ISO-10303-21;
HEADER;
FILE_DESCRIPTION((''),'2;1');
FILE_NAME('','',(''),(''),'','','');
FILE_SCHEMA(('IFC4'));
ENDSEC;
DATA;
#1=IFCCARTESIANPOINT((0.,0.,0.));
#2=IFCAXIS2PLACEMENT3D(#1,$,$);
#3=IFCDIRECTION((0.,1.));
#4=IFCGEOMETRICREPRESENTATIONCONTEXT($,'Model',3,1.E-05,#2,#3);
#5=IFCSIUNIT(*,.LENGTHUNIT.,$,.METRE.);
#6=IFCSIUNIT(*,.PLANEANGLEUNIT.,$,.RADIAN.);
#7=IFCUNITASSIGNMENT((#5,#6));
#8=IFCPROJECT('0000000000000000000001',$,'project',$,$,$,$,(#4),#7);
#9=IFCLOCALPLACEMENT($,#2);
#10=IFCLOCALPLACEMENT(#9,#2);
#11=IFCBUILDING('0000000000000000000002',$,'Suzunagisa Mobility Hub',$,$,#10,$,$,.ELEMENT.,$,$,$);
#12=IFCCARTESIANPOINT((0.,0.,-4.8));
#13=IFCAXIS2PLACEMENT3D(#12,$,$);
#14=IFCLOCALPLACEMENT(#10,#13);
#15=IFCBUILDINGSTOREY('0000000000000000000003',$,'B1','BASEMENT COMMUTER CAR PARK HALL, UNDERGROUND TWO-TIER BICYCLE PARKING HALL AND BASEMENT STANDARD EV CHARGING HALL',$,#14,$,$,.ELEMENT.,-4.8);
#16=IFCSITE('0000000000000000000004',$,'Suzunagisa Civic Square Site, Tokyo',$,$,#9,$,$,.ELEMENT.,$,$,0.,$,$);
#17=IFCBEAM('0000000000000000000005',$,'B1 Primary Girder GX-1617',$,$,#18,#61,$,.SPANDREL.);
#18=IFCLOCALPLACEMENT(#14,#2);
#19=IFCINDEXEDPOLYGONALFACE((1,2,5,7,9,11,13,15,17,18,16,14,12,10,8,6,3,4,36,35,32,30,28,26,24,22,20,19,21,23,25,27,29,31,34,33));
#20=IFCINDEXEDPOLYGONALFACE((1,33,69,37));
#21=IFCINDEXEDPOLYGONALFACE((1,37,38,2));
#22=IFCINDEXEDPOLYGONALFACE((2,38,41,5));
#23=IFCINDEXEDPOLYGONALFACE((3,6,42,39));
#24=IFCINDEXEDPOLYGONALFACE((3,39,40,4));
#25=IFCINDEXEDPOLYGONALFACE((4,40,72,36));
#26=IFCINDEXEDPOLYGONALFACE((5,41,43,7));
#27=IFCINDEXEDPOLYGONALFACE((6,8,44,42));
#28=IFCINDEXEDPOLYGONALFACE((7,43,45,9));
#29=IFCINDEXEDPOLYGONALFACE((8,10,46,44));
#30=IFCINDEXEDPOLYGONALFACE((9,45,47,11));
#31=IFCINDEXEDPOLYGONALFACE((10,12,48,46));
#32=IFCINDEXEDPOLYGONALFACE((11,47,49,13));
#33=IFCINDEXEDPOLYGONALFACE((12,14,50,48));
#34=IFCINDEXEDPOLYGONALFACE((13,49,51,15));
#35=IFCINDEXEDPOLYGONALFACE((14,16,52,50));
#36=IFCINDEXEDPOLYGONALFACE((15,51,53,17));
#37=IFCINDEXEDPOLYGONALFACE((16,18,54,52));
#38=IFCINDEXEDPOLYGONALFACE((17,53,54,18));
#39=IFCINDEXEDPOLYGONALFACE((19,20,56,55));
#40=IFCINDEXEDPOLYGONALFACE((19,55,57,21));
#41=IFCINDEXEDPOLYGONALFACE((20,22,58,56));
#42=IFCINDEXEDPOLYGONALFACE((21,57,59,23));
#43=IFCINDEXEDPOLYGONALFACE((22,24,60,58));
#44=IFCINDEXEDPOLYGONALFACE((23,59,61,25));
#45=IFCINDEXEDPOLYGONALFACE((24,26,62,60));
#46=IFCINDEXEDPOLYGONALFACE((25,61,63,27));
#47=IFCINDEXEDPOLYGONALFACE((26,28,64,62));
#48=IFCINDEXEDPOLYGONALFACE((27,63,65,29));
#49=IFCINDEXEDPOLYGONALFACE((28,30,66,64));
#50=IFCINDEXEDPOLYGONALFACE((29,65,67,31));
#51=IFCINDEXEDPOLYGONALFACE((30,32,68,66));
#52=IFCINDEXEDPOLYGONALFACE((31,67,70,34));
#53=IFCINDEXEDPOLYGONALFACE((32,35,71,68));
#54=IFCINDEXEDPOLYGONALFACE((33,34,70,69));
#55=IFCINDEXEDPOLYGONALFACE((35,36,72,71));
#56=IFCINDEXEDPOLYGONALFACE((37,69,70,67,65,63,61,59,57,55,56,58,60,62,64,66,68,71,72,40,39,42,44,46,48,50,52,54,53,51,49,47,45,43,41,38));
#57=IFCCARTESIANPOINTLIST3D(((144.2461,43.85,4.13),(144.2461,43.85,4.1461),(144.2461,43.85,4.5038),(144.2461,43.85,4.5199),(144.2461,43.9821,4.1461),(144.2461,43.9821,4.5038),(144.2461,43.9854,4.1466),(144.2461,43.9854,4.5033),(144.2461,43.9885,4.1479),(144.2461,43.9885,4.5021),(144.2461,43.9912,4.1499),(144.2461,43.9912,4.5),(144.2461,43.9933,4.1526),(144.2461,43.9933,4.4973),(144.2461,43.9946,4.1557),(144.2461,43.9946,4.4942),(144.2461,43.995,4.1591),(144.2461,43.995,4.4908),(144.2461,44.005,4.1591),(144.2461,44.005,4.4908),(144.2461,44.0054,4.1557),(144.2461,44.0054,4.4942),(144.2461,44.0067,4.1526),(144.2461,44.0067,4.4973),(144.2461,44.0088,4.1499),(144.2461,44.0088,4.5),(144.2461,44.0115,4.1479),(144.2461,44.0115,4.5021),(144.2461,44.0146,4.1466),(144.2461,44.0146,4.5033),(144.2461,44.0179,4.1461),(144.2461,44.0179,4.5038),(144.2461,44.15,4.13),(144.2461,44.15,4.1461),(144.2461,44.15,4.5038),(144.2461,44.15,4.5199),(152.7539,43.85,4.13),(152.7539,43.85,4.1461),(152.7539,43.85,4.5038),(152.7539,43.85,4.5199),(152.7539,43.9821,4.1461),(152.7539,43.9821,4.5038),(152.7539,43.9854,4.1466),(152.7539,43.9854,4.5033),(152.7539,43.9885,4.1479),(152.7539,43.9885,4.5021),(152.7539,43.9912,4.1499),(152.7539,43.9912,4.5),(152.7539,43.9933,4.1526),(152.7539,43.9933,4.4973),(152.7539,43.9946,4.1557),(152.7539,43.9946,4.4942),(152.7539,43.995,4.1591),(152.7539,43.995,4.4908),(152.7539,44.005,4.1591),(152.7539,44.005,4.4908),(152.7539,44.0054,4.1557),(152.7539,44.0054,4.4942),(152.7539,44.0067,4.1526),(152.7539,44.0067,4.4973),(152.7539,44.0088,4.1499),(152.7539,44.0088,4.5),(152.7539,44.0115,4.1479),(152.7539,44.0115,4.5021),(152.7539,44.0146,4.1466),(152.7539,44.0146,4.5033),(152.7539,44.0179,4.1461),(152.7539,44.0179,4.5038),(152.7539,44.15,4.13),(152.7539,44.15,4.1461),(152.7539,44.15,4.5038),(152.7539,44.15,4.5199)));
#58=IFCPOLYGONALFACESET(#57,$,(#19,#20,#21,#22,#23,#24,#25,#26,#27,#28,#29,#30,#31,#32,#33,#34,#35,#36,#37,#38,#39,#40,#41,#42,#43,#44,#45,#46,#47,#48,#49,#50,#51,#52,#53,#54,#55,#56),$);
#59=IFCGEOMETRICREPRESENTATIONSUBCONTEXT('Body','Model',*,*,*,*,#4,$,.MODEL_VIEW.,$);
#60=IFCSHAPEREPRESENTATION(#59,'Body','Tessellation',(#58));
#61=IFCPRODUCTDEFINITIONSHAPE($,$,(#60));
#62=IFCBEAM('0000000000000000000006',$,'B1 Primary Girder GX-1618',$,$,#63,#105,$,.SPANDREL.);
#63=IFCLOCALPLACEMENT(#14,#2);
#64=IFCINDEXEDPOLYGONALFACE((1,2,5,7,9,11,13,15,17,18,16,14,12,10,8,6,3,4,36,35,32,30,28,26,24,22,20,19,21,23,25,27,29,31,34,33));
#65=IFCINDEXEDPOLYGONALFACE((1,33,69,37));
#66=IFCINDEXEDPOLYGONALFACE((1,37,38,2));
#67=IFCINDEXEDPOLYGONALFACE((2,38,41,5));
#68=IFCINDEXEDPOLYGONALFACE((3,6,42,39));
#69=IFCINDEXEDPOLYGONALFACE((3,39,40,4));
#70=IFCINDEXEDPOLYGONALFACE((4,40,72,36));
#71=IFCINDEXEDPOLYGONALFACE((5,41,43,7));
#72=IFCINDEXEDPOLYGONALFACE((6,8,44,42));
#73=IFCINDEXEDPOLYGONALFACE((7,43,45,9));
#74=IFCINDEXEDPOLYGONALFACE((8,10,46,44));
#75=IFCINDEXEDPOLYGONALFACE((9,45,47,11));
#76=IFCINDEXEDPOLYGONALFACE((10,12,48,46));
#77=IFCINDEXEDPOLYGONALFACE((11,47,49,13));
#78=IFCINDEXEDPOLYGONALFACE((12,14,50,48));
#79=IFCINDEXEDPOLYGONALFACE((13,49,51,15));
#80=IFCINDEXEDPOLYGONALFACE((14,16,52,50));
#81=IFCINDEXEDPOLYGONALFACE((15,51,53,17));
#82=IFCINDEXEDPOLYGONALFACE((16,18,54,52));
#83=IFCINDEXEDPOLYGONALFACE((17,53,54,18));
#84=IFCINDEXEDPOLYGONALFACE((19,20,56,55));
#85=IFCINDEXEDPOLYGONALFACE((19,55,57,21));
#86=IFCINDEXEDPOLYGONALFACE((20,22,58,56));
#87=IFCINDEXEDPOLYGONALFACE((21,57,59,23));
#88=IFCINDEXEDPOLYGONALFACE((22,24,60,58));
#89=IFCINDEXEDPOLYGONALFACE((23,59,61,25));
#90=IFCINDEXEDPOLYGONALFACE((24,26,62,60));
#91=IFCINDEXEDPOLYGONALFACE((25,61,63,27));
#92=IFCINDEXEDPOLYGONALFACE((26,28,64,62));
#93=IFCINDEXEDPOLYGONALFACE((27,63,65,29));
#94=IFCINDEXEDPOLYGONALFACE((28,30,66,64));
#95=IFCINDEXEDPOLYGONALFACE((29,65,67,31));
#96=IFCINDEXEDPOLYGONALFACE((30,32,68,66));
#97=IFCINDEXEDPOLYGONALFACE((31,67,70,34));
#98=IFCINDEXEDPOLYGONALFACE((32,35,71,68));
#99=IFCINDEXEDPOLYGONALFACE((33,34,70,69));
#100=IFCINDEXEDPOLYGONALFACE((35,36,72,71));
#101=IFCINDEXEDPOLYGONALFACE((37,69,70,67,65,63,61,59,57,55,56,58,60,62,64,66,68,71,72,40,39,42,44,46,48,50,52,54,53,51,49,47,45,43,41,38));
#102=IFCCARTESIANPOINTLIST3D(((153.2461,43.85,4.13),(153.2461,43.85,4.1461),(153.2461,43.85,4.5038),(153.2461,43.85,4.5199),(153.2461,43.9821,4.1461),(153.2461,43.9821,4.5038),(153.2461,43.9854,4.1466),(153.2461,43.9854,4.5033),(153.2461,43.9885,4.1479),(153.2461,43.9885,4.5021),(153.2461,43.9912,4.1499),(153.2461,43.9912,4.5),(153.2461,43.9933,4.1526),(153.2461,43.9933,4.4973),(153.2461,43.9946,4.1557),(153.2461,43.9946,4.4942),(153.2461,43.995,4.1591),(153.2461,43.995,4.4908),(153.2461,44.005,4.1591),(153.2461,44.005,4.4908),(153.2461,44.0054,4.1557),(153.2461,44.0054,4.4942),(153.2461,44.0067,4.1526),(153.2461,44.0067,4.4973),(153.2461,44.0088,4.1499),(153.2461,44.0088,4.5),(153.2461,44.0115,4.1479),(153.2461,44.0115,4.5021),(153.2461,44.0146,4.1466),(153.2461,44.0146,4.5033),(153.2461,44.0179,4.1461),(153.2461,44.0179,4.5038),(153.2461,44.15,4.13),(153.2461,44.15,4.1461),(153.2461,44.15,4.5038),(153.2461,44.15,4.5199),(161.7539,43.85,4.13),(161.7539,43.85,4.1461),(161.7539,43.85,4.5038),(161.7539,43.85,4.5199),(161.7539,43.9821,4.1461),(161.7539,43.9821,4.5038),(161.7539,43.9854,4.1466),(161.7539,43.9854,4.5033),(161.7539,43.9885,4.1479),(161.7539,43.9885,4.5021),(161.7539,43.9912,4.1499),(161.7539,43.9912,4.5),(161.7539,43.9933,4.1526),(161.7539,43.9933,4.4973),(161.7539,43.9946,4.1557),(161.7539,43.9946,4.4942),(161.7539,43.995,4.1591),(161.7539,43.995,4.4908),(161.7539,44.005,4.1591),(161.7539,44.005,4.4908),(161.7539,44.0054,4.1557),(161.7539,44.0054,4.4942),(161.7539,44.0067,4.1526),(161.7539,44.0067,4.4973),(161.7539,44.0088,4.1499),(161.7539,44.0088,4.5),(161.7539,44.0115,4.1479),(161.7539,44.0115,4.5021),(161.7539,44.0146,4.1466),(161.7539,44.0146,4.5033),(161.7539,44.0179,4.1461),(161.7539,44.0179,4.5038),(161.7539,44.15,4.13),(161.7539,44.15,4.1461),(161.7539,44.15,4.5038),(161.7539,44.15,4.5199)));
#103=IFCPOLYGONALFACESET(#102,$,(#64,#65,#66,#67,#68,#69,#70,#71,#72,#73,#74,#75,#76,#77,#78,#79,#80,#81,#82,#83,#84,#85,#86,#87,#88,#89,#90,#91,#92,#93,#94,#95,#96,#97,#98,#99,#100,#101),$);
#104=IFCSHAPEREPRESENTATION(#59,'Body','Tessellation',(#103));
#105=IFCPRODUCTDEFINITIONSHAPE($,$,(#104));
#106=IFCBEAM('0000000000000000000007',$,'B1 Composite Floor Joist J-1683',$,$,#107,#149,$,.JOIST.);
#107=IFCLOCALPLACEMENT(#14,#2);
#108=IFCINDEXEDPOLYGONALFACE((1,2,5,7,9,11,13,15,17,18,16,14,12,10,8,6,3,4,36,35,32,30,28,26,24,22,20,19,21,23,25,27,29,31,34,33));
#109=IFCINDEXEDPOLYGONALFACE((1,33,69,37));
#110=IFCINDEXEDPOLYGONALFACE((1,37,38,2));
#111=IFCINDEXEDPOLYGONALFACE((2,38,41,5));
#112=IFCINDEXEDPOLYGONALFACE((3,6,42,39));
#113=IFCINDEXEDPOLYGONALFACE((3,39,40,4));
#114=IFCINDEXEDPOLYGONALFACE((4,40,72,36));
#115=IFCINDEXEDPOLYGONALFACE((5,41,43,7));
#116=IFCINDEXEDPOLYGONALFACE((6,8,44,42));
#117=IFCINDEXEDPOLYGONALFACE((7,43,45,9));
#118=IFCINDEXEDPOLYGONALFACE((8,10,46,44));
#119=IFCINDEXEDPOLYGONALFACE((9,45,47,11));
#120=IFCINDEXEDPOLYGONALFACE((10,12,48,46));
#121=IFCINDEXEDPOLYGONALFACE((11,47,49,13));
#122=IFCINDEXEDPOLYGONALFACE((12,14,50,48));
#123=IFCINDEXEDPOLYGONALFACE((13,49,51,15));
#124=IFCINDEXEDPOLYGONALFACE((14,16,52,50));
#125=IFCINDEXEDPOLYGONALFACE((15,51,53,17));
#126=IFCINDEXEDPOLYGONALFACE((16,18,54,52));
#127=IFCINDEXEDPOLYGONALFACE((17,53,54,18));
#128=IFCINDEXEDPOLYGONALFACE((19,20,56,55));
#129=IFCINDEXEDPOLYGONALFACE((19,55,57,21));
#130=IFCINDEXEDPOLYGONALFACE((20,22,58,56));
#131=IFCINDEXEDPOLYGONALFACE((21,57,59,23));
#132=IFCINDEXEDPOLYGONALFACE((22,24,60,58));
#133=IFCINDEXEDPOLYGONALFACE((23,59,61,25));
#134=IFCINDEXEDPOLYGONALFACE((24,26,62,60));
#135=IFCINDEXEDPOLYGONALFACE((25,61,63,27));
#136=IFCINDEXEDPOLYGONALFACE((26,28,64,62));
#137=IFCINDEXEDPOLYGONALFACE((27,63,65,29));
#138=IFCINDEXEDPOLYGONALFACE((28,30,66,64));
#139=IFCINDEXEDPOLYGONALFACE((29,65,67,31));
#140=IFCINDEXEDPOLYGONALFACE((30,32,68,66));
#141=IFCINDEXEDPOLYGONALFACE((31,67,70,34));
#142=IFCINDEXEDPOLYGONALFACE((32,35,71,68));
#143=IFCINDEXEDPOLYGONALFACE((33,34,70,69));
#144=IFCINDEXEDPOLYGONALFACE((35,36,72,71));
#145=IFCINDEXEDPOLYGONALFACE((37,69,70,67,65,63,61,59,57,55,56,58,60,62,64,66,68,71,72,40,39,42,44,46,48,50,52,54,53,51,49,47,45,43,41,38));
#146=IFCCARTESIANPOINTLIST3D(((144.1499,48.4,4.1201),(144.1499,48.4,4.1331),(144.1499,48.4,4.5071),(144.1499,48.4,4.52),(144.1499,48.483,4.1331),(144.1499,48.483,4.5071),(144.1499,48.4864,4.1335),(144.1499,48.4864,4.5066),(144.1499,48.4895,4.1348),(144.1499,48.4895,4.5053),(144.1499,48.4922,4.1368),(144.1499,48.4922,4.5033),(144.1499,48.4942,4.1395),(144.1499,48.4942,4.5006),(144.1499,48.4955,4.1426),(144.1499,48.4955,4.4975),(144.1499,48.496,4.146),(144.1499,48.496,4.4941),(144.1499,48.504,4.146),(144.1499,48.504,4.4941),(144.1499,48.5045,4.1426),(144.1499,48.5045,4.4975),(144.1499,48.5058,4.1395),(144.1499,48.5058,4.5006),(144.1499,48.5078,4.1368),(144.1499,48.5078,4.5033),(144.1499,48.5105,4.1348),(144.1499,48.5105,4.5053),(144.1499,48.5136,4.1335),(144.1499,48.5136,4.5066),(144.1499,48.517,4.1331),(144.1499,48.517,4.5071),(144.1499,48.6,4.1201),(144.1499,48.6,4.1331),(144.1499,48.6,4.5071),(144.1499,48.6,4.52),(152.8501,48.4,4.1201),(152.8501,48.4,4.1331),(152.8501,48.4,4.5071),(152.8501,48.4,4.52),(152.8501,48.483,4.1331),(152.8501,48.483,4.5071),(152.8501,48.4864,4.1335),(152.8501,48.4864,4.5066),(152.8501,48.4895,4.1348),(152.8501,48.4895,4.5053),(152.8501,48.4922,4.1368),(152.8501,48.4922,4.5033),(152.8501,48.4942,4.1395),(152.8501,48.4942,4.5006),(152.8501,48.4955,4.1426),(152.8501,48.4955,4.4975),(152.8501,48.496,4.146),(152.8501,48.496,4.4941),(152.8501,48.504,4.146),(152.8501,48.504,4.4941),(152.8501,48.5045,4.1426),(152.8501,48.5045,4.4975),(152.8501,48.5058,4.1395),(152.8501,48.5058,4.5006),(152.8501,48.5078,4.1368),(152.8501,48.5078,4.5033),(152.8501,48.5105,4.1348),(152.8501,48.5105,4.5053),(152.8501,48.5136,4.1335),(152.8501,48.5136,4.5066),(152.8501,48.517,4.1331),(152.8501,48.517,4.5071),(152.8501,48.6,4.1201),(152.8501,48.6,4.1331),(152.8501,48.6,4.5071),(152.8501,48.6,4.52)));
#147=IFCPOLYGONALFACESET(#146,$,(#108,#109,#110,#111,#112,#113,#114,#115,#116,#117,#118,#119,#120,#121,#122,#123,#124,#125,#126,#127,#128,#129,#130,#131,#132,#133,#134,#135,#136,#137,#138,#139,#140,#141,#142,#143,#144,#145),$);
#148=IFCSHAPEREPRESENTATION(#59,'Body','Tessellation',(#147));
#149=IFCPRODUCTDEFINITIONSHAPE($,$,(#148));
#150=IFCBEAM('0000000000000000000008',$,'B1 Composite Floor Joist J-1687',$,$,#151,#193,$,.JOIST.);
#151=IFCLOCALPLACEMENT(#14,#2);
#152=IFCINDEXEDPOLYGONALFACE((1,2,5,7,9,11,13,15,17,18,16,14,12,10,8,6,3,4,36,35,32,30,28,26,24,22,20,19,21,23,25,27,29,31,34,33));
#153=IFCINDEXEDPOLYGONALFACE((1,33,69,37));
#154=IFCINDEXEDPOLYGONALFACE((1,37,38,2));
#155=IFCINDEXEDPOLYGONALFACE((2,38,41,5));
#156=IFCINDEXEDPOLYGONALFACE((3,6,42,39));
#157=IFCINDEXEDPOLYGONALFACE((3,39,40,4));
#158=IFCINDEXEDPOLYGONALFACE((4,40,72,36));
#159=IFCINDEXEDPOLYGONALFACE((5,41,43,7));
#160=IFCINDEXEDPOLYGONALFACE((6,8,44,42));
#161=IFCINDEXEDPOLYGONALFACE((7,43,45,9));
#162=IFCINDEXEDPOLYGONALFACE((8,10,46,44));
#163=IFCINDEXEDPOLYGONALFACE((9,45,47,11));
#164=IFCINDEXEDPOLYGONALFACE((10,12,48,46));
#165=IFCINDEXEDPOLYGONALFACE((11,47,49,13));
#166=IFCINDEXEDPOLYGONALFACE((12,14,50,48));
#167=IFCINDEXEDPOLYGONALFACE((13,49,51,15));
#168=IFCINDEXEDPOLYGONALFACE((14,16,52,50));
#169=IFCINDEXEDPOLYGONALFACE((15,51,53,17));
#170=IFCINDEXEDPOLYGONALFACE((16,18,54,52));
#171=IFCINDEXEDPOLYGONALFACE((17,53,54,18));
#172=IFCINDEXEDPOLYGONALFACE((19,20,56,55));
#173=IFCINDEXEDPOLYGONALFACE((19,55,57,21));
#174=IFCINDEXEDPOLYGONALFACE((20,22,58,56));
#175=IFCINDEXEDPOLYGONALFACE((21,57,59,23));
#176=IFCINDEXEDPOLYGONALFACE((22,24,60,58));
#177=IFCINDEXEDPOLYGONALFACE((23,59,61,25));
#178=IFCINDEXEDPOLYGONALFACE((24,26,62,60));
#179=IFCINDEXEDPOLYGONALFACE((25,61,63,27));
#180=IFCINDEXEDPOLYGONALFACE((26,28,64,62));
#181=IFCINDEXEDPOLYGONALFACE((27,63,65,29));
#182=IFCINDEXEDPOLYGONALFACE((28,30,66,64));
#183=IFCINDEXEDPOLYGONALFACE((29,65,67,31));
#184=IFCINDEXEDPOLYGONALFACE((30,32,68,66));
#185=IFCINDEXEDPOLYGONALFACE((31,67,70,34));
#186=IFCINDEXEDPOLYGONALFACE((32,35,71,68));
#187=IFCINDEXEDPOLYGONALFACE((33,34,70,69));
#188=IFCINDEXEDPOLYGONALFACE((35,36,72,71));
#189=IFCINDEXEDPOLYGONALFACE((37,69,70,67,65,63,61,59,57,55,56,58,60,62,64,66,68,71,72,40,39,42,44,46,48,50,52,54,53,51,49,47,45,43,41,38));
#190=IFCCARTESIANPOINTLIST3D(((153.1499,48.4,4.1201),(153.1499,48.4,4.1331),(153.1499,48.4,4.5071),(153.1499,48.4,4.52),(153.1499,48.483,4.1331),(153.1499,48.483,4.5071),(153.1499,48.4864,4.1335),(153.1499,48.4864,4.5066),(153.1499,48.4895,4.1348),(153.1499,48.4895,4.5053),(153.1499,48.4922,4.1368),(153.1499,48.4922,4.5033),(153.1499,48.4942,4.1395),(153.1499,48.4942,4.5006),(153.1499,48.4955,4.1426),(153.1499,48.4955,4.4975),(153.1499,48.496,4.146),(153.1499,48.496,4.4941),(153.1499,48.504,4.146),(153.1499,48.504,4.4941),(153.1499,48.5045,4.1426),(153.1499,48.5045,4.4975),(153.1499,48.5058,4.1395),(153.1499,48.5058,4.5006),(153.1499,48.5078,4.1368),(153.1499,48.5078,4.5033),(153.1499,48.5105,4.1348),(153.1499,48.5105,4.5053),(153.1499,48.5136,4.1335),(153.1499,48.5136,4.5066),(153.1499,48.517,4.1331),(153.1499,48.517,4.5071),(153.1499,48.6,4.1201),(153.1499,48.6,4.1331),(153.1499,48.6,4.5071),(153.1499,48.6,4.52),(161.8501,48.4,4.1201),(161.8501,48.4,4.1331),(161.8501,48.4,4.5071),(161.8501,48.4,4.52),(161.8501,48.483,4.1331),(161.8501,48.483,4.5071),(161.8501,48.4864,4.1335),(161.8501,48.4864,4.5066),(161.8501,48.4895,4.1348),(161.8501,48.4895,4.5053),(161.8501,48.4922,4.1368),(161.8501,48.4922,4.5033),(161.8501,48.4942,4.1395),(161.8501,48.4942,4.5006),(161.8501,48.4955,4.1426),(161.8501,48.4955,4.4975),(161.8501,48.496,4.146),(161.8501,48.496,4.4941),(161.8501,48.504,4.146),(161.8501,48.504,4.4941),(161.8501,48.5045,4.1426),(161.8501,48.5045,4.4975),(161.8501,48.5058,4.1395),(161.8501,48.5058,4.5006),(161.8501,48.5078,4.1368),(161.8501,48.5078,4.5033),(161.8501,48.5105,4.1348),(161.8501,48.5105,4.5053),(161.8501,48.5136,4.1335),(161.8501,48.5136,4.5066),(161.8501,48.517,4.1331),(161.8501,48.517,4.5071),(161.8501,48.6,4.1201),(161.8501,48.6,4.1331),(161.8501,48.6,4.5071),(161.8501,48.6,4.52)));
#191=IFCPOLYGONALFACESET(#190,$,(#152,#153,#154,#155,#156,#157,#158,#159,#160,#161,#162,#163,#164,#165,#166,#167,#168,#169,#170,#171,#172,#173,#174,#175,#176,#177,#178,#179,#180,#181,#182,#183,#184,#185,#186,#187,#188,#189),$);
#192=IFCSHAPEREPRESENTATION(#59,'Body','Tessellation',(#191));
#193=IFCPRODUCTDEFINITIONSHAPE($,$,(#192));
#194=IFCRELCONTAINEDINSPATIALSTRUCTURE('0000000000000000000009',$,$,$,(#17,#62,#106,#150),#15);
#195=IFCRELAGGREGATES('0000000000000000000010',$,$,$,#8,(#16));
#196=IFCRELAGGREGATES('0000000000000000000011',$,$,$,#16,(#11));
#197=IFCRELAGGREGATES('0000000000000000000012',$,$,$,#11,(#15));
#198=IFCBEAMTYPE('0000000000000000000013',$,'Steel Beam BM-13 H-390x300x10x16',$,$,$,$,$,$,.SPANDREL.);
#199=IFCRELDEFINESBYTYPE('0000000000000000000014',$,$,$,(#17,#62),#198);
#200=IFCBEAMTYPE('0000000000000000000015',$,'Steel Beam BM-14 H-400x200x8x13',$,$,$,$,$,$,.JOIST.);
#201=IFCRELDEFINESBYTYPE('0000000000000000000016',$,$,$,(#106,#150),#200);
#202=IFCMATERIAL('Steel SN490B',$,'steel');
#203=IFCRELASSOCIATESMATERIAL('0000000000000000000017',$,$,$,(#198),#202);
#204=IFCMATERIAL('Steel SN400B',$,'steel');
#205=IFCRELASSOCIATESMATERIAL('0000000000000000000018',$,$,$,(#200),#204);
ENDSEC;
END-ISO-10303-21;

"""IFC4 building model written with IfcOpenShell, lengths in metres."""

from ifc_helpers import new_model, si_unit, direction, frame, origin, origin_2d, place, context, subcontext, project, spatial, i_section, extrude, material, material_profile, profile_set, type_object, element, save


model = new_model("IFC4")

# Units and contexts
model_context = context("Model", 3, precision=1e-05, world=origin(), true_north=direction((0.0, 1.0)))
body_context = subcontext(model_context, "Body", "Model", "MODEL_VIEW")
ifc_project = project(units=[si_unit("LENGTHUNIT", "METRE"), si_unit("PLANEANGLEUNIT", "RADIAN")], contexts=[model_context])

# Site, building, storey
site_placement = place(None, origin())
site = spatial("IfcSite", under=ifc_project, at=site_placement, Name="Suzunagisa Civic Square Site, Tokyo", CompositionType="ELEMENT", RefElevation=0.0)
building_placement = place(site_placement, origin())
building = spatial("IfcBuilding", under=site, at=building_placement, Name="Suzunagisa Mobility Hub", CompositionType="ELEMENT")
storey_placement = place(building_placement, frame((0.0, 0.0, -4.8)))
storey = spatial("IfcBuildingStorey", under=building, at=storey_placement, Name="B1", Description="BASEMENT COMMUTER CAR PARK HALL, UNDERGROUND TWO-TIER BICYCLE PARKING HALL AND BASEMENT STANDARD EV CHARGING HALL", CompositionType="ELEMENT", Elevation=-4.8)

# Shared definitions
ifc_material_1 = material(Name="Steel SN490B", Category="steel")

# Beams
ifc_material_profile_1 = material_profile(ifc_material_1, i_section(OverallWidth=0.3, OverallDepth=0.3899, WebThickness=0.01, FlangeThickness=0.0161, FilletRadius=0.0129, at=origin_2d()), Name="H-390x300x10x16")
ifc_profile_set_1 = profile_set([ifc_material_profile_1], Name="Steel SN490B")
beam_type_1 = type_object("IfcBeamType", Name="Steel Beam BM-13 H-390x300x10x16", PredefinedType="SPANDREL", material=ifc_profile_set_1)
for number, where, z_axis, x_axis, name in (
    (1, (144.2461, 44.0, 4.325), (1.0, 0.0, 0.0), (0.0, 1.0, 0.0), "B1 Primary Girder GX-1617"),
    (2, (153.2461, 44.0, 4.325), (1.0, 0.0, 0.0), (0.0, 1.0, 0.0), "B1 Primary Girder GX-1618"),
):
    element("IfcBeam", number, at=place(storey_placement, frame(where, z_axis=z_axis, x_axis=x_axis)), inside=storey, type_object=beam_type_1, Name=name, PredefinedType="SPANDREL", context=body_context, shape_type="SweptSolid", body=[
        extrude(i_section(OverallWidth=0.3, OverallDepth=0.3899, WebThickness=0.01, FlangeThickness=0.0161, FilletRadius=0.0129, at=origin_2d()), origin(), (0.0, 0.0, 1.0), 8.5078),
    ])
ifc_material_2 = material(Name="Steel SN400B", Category="steel")
ifc_material_profile_2 = material_profile(ifc_material_2, i_section(OverallWidth=0.2, OverallDepth=0.3999, WebThickness=0.0081, FlangeThickness=0.0129, FilletRadius=0.0129, at=origin_2d()), Name="H-400x200x8x13")
ifc_profile_set_2 = profile_set([ifc_material_profile_2], Name="Steel SN400B")
beam_type_2 = type_object("IfcBeamType", Name="Steel Beam BM-14 H-400x200x8x13", PredefinedType="JOIST", material=ifc_profile_set_2)
for number, where, z_axis, x_axis, name in (
    (3, (144.1499, 48.5, 4.3201), (1.0, 0.0, 0.0), (0.0, 1.0, 0.0), "B1 Composite Floor Joist J-1683"),
    (4, (153.1499, 48.5, 4.3201), (1.0, 0.0, 0.0), (0.0, 1.0, 0.0), "B1 Composite Floor Joist J-1687"),
):
    element("IfcBeam", number, at=place(storey_placement, frame(where, z_axis=z_axis, x_axis=x_axis)), inside=storey, type_object=beam_type_2, Name=name, PredefinedType="JOIST", context=body_context, shape_type="SweptSolid", body=[
        extrude(i_section(OverallWidth=0.2, OverallDepth=0.3999, WebThickness=0.0081, FlangeThickness=0.0129, FilletRadius=0.0129, at=origin_2d()), origin(), (0.0, 0.0, 1.0), 8.7002),
    ])

save(model, "model.ifc")
